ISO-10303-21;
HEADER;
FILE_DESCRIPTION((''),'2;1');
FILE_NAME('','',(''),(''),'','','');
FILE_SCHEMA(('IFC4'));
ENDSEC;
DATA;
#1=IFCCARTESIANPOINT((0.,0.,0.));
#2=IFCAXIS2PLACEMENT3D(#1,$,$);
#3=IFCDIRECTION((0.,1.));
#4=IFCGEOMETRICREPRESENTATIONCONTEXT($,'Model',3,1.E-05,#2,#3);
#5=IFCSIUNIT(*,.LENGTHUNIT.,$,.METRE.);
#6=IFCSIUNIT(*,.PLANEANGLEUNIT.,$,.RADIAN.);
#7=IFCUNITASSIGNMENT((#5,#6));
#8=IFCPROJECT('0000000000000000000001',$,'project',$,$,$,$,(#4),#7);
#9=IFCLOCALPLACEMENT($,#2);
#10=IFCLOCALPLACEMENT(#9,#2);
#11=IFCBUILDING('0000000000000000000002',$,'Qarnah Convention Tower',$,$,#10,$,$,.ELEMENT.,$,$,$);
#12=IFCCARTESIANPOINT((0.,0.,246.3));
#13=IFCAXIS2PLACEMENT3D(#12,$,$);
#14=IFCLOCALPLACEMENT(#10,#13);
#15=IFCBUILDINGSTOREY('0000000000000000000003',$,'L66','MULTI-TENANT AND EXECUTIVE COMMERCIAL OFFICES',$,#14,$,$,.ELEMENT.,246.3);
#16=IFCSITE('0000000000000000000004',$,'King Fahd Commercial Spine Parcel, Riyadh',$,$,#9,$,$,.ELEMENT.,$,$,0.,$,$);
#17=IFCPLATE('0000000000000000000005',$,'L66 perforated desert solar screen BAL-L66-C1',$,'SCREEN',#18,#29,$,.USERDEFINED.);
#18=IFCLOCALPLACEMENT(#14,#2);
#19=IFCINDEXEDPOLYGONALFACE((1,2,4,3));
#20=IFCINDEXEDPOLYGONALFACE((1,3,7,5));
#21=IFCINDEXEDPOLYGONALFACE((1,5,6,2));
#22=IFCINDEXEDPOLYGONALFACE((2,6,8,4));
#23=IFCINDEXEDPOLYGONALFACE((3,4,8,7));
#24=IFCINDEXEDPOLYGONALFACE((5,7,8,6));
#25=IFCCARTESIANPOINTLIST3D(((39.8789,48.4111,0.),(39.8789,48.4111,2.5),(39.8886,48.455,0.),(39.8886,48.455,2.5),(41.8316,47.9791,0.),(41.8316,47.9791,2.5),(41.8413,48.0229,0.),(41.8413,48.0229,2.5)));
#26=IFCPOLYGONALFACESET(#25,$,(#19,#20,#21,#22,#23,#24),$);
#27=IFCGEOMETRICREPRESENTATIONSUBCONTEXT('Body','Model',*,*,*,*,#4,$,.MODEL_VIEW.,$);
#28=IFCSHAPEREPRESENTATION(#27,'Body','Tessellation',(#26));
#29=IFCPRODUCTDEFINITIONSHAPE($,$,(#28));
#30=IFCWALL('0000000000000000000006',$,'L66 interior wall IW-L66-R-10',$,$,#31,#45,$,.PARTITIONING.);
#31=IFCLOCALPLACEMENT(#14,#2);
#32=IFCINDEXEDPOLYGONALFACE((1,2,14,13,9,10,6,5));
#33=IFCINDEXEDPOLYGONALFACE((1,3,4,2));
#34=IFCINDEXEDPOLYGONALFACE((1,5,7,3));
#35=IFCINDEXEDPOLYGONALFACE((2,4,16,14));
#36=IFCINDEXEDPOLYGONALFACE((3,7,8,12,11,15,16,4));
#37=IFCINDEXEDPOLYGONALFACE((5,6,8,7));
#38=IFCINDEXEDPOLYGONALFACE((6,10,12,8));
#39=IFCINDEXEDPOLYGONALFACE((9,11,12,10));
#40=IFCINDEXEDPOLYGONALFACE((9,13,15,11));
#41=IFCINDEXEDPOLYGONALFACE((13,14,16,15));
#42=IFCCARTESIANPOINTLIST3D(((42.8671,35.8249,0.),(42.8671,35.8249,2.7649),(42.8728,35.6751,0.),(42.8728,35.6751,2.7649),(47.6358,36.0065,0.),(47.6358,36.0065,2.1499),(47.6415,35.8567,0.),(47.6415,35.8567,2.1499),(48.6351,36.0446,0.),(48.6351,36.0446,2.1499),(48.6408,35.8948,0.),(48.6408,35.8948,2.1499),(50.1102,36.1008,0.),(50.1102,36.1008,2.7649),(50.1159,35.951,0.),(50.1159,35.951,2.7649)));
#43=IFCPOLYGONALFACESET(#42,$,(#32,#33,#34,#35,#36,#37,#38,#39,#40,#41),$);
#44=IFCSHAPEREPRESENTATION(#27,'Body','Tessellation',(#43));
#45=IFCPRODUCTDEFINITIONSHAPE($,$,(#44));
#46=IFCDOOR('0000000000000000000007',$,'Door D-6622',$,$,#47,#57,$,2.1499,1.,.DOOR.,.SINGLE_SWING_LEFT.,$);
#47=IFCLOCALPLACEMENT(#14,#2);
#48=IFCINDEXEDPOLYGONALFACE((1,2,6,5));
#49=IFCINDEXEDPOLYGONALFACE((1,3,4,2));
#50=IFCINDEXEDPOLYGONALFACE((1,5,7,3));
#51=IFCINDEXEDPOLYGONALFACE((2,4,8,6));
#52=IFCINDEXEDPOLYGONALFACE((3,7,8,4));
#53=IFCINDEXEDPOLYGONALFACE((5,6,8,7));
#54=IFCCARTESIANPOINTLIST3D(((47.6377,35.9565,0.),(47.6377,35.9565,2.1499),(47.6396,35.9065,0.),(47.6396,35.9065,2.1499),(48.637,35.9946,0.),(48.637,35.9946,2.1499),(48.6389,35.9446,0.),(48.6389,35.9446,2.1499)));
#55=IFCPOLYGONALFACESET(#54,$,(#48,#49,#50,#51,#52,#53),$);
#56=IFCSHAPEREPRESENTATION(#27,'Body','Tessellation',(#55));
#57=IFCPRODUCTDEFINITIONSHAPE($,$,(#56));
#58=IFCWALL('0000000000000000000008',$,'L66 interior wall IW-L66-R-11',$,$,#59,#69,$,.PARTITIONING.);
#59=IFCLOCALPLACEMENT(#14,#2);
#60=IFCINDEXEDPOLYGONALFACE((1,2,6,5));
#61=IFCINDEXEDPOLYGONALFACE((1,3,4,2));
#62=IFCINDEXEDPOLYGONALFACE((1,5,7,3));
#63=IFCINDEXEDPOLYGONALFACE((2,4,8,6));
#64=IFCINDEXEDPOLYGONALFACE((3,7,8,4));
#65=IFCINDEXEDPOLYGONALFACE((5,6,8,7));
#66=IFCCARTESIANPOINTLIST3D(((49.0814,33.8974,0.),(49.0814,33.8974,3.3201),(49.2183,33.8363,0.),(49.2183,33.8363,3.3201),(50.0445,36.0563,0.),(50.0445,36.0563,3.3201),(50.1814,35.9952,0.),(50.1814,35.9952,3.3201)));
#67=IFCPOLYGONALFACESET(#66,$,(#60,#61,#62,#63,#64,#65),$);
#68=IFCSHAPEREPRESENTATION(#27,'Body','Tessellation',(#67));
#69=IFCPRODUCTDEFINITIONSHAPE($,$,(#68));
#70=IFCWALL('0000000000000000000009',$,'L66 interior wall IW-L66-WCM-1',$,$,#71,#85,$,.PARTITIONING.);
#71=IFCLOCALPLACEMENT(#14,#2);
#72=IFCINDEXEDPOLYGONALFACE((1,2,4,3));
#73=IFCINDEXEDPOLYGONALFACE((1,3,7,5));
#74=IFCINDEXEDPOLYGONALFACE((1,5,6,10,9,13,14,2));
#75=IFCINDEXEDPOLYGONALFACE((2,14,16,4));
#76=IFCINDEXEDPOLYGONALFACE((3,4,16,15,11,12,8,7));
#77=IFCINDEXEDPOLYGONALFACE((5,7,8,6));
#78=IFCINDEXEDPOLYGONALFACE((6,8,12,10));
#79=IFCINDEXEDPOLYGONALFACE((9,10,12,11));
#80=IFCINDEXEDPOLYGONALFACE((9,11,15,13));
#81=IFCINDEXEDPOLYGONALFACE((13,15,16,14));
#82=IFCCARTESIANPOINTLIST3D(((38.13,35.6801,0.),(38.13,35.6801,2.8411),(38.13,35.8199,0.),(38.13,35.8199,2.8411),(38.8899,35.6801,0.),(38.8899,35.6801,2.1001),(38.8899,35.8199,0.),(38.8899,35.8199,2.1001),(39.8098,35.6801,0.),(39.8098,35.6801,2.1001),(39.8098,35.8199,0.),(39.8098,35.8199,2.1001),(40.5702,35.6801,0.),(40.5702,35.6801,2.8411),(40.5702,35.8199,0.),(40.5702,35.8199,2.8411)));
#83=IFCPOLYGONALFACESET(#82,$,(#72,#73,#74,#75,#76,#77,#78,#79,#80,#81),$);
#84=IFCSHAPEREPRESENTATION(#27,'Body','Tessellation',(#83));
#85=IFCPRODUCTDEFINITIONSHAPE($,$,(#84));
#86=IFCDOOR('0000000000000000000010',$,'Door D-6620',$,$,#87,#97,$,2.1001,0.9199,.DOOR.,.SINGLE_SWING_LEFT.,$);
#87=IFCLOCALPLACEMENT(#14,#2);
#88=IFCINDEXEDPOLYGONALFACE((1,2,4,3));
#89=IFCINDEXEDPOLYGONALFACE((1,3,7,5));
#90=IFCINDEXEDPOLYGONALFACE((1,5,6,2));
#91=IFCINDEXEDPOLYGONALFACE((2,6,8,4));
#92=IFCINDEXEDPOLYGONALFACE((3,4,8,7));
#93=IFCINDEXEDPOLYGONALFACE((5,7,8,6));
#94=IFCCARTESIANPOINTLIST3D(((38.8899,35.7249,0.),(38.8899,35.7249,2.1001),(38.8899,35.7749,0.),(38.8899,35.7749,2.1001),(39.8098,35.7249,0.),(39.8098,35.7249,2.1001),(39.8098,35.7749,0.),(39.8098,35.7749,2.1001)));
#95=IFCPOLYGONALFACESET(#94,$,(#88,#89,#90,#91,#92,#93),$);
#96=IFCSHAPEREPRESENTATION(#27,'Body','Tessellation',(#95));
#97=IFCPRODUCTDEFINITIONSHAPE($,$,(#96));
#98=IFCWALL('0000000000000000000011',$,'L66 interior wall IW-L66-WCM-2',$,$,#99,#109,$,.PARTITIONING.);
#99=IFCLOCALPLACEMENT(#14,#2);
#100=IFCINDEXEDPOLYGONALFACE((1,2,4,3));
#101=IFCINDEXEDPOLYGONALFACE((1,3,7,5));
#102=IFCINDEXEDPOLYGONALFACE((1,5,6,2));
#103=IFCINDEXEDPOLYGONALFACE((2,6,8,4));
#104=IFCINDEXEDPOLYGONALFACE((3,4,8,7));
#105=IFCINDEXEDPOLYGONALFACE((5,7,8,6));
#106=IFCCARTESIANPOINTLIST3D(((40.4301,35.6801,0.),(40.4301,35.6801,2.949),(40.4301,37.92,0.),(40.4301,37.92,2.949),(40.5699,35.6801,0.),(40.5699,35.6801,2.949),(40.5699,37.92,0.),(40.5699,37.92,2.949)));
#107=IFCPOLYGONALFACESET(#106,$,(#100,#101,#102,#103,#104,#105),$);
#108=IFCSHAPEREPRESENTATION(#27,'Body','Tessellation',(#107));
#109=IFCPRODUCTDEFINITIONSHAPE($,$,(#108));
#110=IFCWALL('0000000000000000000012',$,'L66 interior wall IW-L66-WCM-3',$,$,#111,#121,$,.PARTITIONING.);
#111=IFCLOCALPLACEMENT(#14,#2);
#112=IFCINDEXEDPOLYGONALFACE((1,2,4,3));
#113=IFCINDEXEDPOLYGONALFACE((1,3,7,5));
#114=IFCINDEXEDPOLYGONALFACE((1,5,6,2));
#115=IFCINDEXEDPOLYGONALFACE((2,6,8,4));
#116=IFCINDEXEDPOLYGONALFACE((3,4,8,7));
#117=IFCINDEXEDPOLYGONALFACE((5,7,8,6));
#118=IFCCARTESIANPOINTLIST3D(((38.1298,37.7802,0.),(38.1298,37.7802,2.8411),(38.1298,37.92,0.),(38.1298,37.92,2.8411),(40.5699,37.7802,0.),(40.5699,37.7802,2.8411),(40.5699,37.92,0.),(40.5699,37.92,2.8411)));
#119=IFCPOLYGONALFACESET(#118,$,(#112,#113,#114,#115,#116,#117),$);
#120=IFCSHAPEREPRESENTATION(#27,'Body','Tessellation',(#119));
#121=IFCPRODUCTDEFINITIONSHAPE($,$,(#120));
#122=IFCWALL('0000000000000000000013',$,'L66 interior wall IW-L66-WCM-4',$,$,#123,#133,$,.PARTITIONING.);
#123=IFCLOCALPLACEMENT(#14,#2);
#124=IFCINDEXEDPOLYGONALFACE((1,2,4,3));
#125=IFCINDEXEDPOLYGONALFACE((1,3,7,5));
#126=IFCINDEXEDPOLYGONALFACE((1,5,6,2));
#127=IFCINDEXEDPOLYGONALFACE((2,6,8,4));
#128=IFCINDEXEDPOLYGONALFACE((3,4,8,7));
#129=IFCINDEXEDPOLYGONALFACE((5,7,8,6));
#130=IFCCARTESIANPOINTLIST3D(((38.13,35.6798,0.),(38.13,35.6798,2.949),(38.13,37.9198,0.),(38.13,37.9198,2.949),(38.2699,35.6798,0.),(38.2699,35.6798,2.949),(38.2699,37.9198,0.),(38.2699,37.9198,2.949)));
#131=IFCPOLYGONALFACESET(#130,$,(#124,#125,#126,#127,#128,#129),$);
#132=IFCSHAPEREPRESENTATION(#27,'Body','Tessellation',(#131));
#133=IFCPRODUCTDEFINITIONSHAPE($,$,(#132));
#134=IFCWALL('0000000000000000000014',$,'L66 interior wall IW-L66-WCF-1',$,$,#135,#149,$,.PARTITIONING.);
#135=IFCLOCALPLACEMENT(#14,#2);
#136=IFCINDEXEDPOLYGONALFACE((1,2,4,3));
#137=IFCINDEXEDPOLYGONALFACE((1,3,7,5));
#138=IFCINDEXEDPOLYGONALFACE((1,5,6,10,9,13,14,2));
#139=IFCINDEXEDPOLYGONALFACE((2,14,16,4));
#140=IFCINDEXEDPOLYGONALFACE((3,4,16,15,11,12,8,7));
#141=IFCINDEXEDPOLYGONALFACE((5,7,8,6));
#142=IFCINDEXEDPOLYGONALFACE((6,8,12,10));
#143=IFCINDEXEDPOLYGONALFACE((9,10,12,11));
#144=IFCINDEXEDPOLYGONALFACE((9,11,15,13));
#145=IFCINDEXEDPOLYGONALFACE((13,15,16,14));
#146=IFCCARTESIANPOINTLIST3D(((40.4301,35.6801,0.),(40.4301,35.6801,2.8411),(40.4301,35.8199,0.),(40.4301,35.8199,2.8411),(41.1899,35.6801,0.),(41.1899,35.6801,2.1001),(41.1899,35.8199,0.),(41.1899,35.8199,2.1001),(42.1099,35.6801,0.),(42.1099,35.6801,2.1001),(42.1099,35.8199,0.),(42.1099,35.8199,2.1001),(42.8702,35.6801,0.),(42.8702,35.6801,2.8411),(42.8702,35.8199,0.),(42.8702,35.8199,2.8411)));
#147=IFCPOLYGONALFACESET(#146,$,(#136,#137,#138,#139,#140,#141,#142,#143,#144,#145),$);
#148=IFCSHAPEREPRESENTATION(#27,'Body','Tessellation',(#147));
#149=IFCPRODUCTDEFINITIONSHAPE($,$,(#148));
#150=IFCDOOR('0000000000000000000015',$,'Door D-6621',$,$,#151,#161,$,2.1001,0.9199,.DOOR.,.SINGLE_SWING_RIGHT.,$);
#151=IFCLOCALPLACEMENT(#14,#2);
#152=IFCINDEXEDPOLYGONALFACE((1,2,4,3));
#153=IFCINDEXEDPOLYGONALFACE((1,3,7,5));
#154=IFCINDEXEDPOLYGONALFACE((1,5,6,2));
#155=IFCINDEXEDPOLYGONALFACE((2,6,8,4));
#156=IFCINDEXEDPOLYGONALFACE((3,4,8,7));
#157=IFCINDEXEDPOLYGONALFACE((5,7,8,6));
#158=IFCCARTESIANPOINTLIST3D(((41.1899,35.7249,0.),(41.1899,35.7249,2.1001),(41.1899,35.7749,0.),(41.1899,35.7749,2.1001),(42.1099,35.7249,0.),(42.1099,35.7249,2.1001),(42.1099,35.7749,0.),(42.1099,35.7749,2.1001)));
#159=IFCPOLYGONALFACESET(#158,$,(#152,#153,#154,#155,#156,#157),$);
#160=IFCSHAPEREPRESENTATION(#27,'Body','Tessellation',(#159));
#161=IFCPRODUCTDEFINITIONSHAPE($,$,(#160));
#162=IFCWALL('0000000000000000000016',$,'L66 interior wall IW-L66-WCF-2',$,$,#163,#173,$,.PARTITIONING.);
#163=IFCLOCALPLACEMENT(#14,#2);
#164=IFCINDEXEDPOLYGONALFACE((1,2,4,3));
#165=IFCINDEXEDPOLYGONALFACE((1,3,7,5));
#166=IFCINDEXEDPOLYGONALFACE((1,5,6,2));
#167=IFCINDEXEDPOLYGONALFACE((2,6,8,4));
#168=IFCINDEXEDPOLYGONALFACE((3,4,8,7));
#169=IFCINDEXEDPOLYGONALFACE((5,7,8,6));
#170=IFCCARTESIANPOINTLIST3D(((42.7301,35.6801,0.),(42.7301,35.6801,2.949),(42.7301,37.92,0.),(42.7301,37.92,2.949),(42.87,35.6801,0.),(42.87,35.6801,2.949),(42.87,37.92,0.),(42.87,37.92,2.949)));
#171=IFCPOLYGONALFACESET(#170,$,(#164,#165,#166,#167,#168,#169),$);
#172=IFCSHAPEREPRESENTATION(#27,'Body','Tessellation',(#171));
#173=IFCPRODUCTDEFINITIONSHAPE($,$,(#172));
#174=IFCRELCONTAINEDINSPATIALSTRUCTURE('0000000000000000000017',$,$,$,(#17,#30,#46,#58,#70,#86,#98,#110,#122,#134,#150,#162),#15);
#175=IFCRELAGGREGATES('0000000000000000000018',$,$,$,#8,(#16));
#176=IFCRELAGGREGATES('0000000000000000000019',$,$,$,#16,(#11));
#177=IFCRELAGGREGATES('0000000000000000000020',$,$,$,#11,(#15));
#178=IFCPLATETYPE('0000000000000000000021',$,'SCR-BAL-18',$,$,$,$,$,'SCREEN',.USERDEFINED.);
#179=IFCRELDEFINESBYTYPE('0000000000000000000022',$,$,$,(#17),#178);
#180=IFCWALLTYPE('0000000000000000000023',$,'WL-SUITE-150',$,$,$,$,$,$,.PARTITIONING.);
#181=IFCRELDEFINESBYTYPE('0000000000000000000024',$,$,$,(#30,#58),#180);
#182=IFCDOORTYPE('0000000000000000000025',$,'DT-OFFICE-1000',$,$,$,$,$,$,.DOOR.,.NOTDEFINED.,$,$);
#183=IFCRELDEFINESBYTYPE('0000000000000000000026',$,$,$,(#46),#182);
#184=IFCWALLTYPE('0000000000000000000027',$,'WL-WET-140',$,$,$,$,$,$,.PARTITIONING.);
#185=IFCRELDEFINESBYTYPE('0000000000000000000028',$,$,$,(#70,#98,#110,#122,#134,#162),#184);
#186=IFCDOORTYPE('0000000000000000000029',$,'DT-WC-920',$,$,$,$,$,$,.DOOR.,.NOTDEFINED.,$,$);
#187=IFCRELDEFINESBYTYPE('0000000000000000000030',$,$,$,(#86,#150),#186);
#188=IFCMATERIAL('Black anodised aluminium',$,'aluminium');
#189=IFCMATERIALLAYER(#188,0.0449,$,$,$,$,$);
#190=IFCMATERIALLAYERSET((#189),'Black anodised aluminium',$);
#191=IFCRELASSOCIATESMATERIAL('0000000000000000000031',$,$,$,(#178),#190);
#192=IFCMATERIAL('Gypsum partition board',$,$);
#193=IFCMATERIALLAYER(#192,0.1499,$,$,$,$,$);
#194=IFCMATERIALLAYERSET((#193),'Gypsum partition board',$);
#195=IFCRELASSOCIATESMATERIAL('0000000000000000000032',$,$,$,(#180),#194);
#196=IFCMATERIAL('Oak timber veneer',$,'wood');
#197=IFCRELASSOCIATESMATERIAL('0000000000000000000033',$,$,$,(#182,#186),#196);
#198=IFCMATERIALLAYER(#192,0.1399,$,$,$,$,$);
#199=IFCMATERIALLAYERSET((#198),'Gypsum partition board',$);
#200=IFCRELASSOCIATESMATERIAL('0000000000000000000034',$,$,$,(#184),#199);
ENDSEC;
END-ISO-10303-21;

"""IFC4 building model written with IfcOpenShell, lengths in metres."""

from ifc_helpers import new_model, si_unit, direction, frame, frame_2d, origin, origin_2d, place, context, subcontext, project, spatial, rectangle, extrude, material, layer, layer_set, type_object, element, fill, save


model = new_model("IFC4")

# Units and contexts
model_context = context("Model", 3, precision=1e-05, world=origin(), true_north=direction((0.0, 1.0)))
body_context = subcontext(model_context, "Body", "Model", "MODEL_VIEW")
ifc_project = project(units=[si_unit("LENGTHUNIT", "METRE"), si_unit("PLANEANGLEUNIT", "RADIAN")], contexts=[model_context])

# Site, building, storey
site_placement = place(None, origin())
site = spatial("IfcSite", under=ifc_project, at=site_placement, Name="King Fahd Commercial Spine Parcel, Riyadh", CompositionType="ELEMENT", RefElevation=0.0)
building_placement = place(site_placement, origin())
building = spatial("IfcBuilding", under=site, at=building_placement, Name="Qarnah Convention Tower", CompositionType="ELEMENT")
storey_placement = place(building_placement, frame((0.0, 0.0, 246.3)))
storey = spatial("IfcBuildingStorey", under=building, at=storey_placement, Name="L66", Description="MULTI-TENANT AND EXECUTIVE COMMERCIAL OFFICES", CompositionType="ELEMENT", Elevation=246.3)

# Shared definitions
ifc_material_1 = material(Name="Black anodised aluminium", Category="aluminium")

# Plate
ifc_layer_1 = layer(ifc_material_1, 0.0449)
ifc_layer_set_1 = layer_set([ifc_layer_1], Name="Black anodised aluminium")
plate_type_1 = type_object("IfcPlateType", Name="SCR-BAL-18", ElementType="SCREEN", PredefinedType="USERDEFINED", material=ifc_layer_set_1)
plate_1_placement = place(storey_placement, frame((40.8601, 48.217, 0.0), z_axis=(0.0, 0.0, 1.0), x_axis=(0.976387, -0.216031, 0.0)))
element("IfcPlate", 1, at=plate_1_placement, inside=storey, type_object=plate_type_1, Name="L66 perforated desert solar screen BAL-L66-C1", ObjectType="SCREEN", PredefinedType="USERDEFINED", context=body_context, shape_type="SweptSolid", body=[
    extrude(rectangle(XDim=2.0, YDim=0.0449, at=origin_2d()), origin(), (0.0, 0.0, 1.0), 2.5),
])

# Wall, opening, door
ifc_material_2 = material(Name="Gypsum partition board")
ifc_layer_2 = layer(ifc_material_2, 0.1499)
ifc_layer_set_2 = layer_set([ifc_layer_2], Name="Gypsum partition board")
wall_type_1 = type_object("IfcWallType", Name="WL-SUITE-150", PredefinedType="PARTITIONING", material=ifc_layer_set_2)
wall_1_placement = place(storey_placement, frame((42.8701, 35.75, 0.0), z_axis=(0.0, 0.0, 1.0), x_axis=(0.999275, 0.038062, 0.0)))
wall_1 = element("IfcWall", 2, at=wall_1_placement, inside=storey, type_object=wall_type_1, Name="L66 interior wall IW-L66-R-10", PredefinedType="PARTITIONING", context=body_context, shape_type="SweptSolid", body=[
    extrude(rectangle(XDim=7.2483, YDim=0.1499, at=frame_2d((3.624, 0.0))), origin(), (0.0, 0.0, 1.0), 2.7649),
])
opening_1_placement = place(wall_1_placement, frame((4.772, 0.0, 0.0)))
opening_1 = element("IfcOpeningElement", 3, at=opening_1_placement, cuts=wall_1, PredefinedType="OPENING", context=body_context, shape_type="SweptSolid", body=[
    extrude(rectangle(XDim=1.0, YDim=2.1499, at=frame_2d((0.5, 1.075))), frame((0.0, 0.085, 0.0), z_axis=(0.0, -1.0, 0.0), x_axis=(1.0, 0.0, 0.0)), (0.0, 0.0, 1.0), 0.1699),
])
ifc_material_3 = material(Name="Oak timber veneer", Category="wood")
door_type_1 = type_object("IfcDoorType", Name="DT-OFFICE-1000", OperationType="NOTDEFINED", PredefinedType="DOOR", material=ifc_material_3)
door_1_placement = place(opening_1_placement, origin())
door_1 = element("IfcDoor", 4, at=door_1_placement, inside=storey, type_object=door_type_1, Name="Door D-6622", OperationType="SINGLE_SWING_LEFT", OverallHeight=2.1499, OverallWidth=1.0, PredefinedType="DOOR", context=body_context, shape_type="SweptSolid", body=[
    extrude(rectangle(XDim=1.0, YDim=2.1499, at=frame_2d((0.5, 1.075))), frame((0.0, 0.0249, 0.0), z_axis=(0.0, -1.0, 0.0), x_axis=(1.0, 0.0, 0.0)), (0.0, 0.0, 1.0), 0.05),
])
fill(opening_1, door_1)

# Wall
wall_2_placement = place(storey_placement, frame((50.113, 36.0259, 0.0), z_axis=(0.0, 0.0, 1.0), x_axis=(-0.407412, -0.913244, 0.0)))
element("IfcWall", 5, at=wall_2_placement, inside=storey, type_object=wall_type_1, Name="L66 interior wall IW-L66-R-11", PredefinedType="PARTITIONING", context=body_context, shape_type="SweptSolid", body=[
    extrude(rectangle(XDim=2.364, YDim=0.1499, at=frame_2d((1.1821, 0.0))), origin(), (0.0, 0.0, 1.0), 3.3201),
])

# Wall, opening, door
ifc_layer_3 = layer(ifc_material_2, 0.1399)
ifc_layer_set_3 = layer_set([ifc_layer_3], Name="Gypsum partition board")
wall_type_2 = type_object("IfcWallType", Name="WL-WET-140", PredefinedType="PARTITIONING", material=ifc_layer_set_3)
wall_3_placement = place(storey_placement, frame((38.1299, 35.75, 0.0), z_axis=(0.0, 0.0, 1.0), x_axis=(1.0, 0.0, 0.0)))
wall_3 = element("IfcWall", 6, at=wall_3_placement, inside=storey, type_object=wall_type_2, Name="L66 interior wall IW-L66-WCM-1", PredefinedType="PARTITIONING", context=body_context, shape_type="SweptSolid", body=[
    extrude(rectangle(XDim=2.4402, YDim=0.1399, at=frame_2d((1.2202, 0.0))), origin(), (0.0, 0.0, 1.0), 2.8411),
])
opening_2_placement = place(wall_3_placement, frame((0.76, 0.0, 0.0)))
opening_2 = element("IfcOpeningElement", 7, at=opening_2_placement, cuts=wall_3, PredefinedType="OPENING", context=body_context, shape_type="SweptSolid", body=[
    extrude(rectangle(XDim=0.9199, YDim=2.1001, at=frame_2d((0.46, 1.05))), frame((0.0, 0.0798, 0.0), z_axis=(0.0, -1.0, 0.0), x_axis=(1.0, 0.0, 0.0)), (0.0, 0.0, 1.0), 0.1599),
])
door_type_2 = type_object("IfcDoorType", Name="DT-WC-920", OperationType="NOTDEFINED", PredefinedType="DOOR", material=ifc_material_3)
door_2_placement = place(opening_2_placement, origin())
door_2 = element("IfcDoor", 8, at=door_2_placement, inside=storey, type_object=door_type_2, Name="Door D-6620", OperationType="SINGLE_SWING_LEFT", OverallHeight=2.1001, OverallWidth=0.9199, PredefinedType="DOOR", context=body_context, shape_type="SweptSolid", body=[
    extrude(rectangle(XDim=0.9199, YDim=2.1001, at=frame_2d((0.46, 1.05))), frame((0.0, 0.0249, 0.0), z_axis=(0.0, -1.0, 0.0), x_axis=(1.0, 0.0, 0.0)), (0.0, 0.0, 1.0), 0.05),
])
fill(opening_2, door_2)

# Walls
wall_4_placement = place(storey_placement, frame((40.5, 35.6799, 0.0), z_axis=(0.0, 0.0, 1.0), x_axis=(0.0, 1.0, 0.0)))
element("IfcWall", 9, at=wall_4_placement, inside=storey, type_object=wall_type_2, Name="L66 interior wall IW-L66-WCM-2", PredefinedType="PARTITIONING", context=body_context, shape_type="SweptSolid", body=[
    extrude(rectangle(XDim=2.24, YDim=0.1399, at=frame_2d((1.1201, 0.0))), origin(), (0.0, 0.0, 1.0), 2.949),
])
wall_5_placement = place(storey_placement, frame((40.5701, 37.8501, 0.0), z_axis=(0.0, 0.0, 1.0), x_axis=(-1.0, 0.0, 0.0)))
element("IfcWall", 10, at=wall_5_placement, inside=storey, type_object=wall_type_2, Name="L66 interior wall IW-L66-WCM-3", PredefinedType="PARTITIONING", context=body_context, shape_type="SweptSolid", body=[
    extrude(rectangle(XDim=2.4402, YDim=0.1399, at=frame_2d((1.2202, 0.0))), origin(), (0.0, 0.0, 1.0), 2.8411),
])
wall_6_placement = place(storey_placement, frame((38.2, 37.9199, 0.0), z_axis=(0.0, 0.0, 1.0), x_axis=(0.0, -1.0, 0.0)))
element("IfcWall", 11, at=wall_6_placement, inside=storey, type_object=wall_type_2, Name="L66 interior wall IW-L66-WCM-4", PredefinedType="PARTITIONING", context=body_context, shape_type="SweptSolid", body=[
    extrude(rectangle(XDim=2.24, YDim=0.1399, at=frame_2d((1.1201, 0.0))), origin(), (0.0, 0.0, 1.0), 2.949),
])

# Wall, opening, door
wall_7_placement = place(storey_placement, frame((40.4299, 35.75, 0.0), z_axis=(0.0, 0.0, 1.0), x_axis=(1.0, 0.0, 0.0)))
wall_7 = element("IfcWall", 12, at=wall_7_placement, inside=storey, type_object=wall_type_2, Name="L66 interior wall IW-L66-WCF-1", PredefinedType="PARTITIONING", context=body_context, shape_type="SweptSolid", body=[
    extrude(rectangle(XDim=2.4402, YDim=0.1399, at=frame_2d((1.2202, 0.0))), origin(), (0.0, 0.0, 1.0), 2.8411),
])
opening_3_placement = place(wall_7_placement, frame((0.76, 0.0, 0.0)))
opening_3 = element("IfcOpeningElement", 13, at=opening_3_placement, cuts=wall_7, PredefinedType="OPENING", context=body_context, shape_type="SweptSolid", body=[
    extrude(rectangle(XDim=0.9199, YDim=2.1001, at=frame_2d((0.46, 1.05))), frame((0.0, 0.0798, 0.0), z_axis=(0.0, -1.0, 0.0), x_axis=(1.0, 0.0, 0.0)), (0.0, 0.0, 1.0), 0.1599),
])
door_3_placement = place(opening_3_placement, origin())
door_3 = element("IfcDoor", 14, at=door_3_placement, inside=storey, type_object=door_type_2, Name="Door D-6621", OperationType="SINGLE_SWING_RIGHT", OverallHeight=2.1001, OverallWidth=0.9199, PredefinedType="DOOR", context=body_context, shape_type="SweptSolid", body=[
    extrude(rectangle(XDim=0.9199, YDim=2.1001, at=frame_2d((0.46, 1.05))), frame((0.0, 0.0249, 0.0), z_axis=(0.0, -1.0, 0.0), x_axis=(1.0, 0.0, 0.0)), (0.0, 0.0, 1.0), 0.05),
])
fill(opening_3, door_3)

# Wall
wall_8_placement = place(storey_placement, frame((42.8, 35.6799, 0.0), z_axis=(0.0, 0.0, 1.0), x_axis=(0.0, 1.0, 0.0)))
element("IfcWall", 15, at=wall_8_placement, inside=storey, type_object=wall_type_2, Name="L66 interior wall IW-L66-WCF-2", PredefinedType="PARTITIONING", context=body_context, shape_type="SweptSolid", body=[
    extrude(rectangle(XDim=2.24, YDim=0.1399, at=frame_2d((1.1201, 0.0))), origin(), (0.0, 0.0, 1.0), 2.949),
])

save(model, "model.ifc")
